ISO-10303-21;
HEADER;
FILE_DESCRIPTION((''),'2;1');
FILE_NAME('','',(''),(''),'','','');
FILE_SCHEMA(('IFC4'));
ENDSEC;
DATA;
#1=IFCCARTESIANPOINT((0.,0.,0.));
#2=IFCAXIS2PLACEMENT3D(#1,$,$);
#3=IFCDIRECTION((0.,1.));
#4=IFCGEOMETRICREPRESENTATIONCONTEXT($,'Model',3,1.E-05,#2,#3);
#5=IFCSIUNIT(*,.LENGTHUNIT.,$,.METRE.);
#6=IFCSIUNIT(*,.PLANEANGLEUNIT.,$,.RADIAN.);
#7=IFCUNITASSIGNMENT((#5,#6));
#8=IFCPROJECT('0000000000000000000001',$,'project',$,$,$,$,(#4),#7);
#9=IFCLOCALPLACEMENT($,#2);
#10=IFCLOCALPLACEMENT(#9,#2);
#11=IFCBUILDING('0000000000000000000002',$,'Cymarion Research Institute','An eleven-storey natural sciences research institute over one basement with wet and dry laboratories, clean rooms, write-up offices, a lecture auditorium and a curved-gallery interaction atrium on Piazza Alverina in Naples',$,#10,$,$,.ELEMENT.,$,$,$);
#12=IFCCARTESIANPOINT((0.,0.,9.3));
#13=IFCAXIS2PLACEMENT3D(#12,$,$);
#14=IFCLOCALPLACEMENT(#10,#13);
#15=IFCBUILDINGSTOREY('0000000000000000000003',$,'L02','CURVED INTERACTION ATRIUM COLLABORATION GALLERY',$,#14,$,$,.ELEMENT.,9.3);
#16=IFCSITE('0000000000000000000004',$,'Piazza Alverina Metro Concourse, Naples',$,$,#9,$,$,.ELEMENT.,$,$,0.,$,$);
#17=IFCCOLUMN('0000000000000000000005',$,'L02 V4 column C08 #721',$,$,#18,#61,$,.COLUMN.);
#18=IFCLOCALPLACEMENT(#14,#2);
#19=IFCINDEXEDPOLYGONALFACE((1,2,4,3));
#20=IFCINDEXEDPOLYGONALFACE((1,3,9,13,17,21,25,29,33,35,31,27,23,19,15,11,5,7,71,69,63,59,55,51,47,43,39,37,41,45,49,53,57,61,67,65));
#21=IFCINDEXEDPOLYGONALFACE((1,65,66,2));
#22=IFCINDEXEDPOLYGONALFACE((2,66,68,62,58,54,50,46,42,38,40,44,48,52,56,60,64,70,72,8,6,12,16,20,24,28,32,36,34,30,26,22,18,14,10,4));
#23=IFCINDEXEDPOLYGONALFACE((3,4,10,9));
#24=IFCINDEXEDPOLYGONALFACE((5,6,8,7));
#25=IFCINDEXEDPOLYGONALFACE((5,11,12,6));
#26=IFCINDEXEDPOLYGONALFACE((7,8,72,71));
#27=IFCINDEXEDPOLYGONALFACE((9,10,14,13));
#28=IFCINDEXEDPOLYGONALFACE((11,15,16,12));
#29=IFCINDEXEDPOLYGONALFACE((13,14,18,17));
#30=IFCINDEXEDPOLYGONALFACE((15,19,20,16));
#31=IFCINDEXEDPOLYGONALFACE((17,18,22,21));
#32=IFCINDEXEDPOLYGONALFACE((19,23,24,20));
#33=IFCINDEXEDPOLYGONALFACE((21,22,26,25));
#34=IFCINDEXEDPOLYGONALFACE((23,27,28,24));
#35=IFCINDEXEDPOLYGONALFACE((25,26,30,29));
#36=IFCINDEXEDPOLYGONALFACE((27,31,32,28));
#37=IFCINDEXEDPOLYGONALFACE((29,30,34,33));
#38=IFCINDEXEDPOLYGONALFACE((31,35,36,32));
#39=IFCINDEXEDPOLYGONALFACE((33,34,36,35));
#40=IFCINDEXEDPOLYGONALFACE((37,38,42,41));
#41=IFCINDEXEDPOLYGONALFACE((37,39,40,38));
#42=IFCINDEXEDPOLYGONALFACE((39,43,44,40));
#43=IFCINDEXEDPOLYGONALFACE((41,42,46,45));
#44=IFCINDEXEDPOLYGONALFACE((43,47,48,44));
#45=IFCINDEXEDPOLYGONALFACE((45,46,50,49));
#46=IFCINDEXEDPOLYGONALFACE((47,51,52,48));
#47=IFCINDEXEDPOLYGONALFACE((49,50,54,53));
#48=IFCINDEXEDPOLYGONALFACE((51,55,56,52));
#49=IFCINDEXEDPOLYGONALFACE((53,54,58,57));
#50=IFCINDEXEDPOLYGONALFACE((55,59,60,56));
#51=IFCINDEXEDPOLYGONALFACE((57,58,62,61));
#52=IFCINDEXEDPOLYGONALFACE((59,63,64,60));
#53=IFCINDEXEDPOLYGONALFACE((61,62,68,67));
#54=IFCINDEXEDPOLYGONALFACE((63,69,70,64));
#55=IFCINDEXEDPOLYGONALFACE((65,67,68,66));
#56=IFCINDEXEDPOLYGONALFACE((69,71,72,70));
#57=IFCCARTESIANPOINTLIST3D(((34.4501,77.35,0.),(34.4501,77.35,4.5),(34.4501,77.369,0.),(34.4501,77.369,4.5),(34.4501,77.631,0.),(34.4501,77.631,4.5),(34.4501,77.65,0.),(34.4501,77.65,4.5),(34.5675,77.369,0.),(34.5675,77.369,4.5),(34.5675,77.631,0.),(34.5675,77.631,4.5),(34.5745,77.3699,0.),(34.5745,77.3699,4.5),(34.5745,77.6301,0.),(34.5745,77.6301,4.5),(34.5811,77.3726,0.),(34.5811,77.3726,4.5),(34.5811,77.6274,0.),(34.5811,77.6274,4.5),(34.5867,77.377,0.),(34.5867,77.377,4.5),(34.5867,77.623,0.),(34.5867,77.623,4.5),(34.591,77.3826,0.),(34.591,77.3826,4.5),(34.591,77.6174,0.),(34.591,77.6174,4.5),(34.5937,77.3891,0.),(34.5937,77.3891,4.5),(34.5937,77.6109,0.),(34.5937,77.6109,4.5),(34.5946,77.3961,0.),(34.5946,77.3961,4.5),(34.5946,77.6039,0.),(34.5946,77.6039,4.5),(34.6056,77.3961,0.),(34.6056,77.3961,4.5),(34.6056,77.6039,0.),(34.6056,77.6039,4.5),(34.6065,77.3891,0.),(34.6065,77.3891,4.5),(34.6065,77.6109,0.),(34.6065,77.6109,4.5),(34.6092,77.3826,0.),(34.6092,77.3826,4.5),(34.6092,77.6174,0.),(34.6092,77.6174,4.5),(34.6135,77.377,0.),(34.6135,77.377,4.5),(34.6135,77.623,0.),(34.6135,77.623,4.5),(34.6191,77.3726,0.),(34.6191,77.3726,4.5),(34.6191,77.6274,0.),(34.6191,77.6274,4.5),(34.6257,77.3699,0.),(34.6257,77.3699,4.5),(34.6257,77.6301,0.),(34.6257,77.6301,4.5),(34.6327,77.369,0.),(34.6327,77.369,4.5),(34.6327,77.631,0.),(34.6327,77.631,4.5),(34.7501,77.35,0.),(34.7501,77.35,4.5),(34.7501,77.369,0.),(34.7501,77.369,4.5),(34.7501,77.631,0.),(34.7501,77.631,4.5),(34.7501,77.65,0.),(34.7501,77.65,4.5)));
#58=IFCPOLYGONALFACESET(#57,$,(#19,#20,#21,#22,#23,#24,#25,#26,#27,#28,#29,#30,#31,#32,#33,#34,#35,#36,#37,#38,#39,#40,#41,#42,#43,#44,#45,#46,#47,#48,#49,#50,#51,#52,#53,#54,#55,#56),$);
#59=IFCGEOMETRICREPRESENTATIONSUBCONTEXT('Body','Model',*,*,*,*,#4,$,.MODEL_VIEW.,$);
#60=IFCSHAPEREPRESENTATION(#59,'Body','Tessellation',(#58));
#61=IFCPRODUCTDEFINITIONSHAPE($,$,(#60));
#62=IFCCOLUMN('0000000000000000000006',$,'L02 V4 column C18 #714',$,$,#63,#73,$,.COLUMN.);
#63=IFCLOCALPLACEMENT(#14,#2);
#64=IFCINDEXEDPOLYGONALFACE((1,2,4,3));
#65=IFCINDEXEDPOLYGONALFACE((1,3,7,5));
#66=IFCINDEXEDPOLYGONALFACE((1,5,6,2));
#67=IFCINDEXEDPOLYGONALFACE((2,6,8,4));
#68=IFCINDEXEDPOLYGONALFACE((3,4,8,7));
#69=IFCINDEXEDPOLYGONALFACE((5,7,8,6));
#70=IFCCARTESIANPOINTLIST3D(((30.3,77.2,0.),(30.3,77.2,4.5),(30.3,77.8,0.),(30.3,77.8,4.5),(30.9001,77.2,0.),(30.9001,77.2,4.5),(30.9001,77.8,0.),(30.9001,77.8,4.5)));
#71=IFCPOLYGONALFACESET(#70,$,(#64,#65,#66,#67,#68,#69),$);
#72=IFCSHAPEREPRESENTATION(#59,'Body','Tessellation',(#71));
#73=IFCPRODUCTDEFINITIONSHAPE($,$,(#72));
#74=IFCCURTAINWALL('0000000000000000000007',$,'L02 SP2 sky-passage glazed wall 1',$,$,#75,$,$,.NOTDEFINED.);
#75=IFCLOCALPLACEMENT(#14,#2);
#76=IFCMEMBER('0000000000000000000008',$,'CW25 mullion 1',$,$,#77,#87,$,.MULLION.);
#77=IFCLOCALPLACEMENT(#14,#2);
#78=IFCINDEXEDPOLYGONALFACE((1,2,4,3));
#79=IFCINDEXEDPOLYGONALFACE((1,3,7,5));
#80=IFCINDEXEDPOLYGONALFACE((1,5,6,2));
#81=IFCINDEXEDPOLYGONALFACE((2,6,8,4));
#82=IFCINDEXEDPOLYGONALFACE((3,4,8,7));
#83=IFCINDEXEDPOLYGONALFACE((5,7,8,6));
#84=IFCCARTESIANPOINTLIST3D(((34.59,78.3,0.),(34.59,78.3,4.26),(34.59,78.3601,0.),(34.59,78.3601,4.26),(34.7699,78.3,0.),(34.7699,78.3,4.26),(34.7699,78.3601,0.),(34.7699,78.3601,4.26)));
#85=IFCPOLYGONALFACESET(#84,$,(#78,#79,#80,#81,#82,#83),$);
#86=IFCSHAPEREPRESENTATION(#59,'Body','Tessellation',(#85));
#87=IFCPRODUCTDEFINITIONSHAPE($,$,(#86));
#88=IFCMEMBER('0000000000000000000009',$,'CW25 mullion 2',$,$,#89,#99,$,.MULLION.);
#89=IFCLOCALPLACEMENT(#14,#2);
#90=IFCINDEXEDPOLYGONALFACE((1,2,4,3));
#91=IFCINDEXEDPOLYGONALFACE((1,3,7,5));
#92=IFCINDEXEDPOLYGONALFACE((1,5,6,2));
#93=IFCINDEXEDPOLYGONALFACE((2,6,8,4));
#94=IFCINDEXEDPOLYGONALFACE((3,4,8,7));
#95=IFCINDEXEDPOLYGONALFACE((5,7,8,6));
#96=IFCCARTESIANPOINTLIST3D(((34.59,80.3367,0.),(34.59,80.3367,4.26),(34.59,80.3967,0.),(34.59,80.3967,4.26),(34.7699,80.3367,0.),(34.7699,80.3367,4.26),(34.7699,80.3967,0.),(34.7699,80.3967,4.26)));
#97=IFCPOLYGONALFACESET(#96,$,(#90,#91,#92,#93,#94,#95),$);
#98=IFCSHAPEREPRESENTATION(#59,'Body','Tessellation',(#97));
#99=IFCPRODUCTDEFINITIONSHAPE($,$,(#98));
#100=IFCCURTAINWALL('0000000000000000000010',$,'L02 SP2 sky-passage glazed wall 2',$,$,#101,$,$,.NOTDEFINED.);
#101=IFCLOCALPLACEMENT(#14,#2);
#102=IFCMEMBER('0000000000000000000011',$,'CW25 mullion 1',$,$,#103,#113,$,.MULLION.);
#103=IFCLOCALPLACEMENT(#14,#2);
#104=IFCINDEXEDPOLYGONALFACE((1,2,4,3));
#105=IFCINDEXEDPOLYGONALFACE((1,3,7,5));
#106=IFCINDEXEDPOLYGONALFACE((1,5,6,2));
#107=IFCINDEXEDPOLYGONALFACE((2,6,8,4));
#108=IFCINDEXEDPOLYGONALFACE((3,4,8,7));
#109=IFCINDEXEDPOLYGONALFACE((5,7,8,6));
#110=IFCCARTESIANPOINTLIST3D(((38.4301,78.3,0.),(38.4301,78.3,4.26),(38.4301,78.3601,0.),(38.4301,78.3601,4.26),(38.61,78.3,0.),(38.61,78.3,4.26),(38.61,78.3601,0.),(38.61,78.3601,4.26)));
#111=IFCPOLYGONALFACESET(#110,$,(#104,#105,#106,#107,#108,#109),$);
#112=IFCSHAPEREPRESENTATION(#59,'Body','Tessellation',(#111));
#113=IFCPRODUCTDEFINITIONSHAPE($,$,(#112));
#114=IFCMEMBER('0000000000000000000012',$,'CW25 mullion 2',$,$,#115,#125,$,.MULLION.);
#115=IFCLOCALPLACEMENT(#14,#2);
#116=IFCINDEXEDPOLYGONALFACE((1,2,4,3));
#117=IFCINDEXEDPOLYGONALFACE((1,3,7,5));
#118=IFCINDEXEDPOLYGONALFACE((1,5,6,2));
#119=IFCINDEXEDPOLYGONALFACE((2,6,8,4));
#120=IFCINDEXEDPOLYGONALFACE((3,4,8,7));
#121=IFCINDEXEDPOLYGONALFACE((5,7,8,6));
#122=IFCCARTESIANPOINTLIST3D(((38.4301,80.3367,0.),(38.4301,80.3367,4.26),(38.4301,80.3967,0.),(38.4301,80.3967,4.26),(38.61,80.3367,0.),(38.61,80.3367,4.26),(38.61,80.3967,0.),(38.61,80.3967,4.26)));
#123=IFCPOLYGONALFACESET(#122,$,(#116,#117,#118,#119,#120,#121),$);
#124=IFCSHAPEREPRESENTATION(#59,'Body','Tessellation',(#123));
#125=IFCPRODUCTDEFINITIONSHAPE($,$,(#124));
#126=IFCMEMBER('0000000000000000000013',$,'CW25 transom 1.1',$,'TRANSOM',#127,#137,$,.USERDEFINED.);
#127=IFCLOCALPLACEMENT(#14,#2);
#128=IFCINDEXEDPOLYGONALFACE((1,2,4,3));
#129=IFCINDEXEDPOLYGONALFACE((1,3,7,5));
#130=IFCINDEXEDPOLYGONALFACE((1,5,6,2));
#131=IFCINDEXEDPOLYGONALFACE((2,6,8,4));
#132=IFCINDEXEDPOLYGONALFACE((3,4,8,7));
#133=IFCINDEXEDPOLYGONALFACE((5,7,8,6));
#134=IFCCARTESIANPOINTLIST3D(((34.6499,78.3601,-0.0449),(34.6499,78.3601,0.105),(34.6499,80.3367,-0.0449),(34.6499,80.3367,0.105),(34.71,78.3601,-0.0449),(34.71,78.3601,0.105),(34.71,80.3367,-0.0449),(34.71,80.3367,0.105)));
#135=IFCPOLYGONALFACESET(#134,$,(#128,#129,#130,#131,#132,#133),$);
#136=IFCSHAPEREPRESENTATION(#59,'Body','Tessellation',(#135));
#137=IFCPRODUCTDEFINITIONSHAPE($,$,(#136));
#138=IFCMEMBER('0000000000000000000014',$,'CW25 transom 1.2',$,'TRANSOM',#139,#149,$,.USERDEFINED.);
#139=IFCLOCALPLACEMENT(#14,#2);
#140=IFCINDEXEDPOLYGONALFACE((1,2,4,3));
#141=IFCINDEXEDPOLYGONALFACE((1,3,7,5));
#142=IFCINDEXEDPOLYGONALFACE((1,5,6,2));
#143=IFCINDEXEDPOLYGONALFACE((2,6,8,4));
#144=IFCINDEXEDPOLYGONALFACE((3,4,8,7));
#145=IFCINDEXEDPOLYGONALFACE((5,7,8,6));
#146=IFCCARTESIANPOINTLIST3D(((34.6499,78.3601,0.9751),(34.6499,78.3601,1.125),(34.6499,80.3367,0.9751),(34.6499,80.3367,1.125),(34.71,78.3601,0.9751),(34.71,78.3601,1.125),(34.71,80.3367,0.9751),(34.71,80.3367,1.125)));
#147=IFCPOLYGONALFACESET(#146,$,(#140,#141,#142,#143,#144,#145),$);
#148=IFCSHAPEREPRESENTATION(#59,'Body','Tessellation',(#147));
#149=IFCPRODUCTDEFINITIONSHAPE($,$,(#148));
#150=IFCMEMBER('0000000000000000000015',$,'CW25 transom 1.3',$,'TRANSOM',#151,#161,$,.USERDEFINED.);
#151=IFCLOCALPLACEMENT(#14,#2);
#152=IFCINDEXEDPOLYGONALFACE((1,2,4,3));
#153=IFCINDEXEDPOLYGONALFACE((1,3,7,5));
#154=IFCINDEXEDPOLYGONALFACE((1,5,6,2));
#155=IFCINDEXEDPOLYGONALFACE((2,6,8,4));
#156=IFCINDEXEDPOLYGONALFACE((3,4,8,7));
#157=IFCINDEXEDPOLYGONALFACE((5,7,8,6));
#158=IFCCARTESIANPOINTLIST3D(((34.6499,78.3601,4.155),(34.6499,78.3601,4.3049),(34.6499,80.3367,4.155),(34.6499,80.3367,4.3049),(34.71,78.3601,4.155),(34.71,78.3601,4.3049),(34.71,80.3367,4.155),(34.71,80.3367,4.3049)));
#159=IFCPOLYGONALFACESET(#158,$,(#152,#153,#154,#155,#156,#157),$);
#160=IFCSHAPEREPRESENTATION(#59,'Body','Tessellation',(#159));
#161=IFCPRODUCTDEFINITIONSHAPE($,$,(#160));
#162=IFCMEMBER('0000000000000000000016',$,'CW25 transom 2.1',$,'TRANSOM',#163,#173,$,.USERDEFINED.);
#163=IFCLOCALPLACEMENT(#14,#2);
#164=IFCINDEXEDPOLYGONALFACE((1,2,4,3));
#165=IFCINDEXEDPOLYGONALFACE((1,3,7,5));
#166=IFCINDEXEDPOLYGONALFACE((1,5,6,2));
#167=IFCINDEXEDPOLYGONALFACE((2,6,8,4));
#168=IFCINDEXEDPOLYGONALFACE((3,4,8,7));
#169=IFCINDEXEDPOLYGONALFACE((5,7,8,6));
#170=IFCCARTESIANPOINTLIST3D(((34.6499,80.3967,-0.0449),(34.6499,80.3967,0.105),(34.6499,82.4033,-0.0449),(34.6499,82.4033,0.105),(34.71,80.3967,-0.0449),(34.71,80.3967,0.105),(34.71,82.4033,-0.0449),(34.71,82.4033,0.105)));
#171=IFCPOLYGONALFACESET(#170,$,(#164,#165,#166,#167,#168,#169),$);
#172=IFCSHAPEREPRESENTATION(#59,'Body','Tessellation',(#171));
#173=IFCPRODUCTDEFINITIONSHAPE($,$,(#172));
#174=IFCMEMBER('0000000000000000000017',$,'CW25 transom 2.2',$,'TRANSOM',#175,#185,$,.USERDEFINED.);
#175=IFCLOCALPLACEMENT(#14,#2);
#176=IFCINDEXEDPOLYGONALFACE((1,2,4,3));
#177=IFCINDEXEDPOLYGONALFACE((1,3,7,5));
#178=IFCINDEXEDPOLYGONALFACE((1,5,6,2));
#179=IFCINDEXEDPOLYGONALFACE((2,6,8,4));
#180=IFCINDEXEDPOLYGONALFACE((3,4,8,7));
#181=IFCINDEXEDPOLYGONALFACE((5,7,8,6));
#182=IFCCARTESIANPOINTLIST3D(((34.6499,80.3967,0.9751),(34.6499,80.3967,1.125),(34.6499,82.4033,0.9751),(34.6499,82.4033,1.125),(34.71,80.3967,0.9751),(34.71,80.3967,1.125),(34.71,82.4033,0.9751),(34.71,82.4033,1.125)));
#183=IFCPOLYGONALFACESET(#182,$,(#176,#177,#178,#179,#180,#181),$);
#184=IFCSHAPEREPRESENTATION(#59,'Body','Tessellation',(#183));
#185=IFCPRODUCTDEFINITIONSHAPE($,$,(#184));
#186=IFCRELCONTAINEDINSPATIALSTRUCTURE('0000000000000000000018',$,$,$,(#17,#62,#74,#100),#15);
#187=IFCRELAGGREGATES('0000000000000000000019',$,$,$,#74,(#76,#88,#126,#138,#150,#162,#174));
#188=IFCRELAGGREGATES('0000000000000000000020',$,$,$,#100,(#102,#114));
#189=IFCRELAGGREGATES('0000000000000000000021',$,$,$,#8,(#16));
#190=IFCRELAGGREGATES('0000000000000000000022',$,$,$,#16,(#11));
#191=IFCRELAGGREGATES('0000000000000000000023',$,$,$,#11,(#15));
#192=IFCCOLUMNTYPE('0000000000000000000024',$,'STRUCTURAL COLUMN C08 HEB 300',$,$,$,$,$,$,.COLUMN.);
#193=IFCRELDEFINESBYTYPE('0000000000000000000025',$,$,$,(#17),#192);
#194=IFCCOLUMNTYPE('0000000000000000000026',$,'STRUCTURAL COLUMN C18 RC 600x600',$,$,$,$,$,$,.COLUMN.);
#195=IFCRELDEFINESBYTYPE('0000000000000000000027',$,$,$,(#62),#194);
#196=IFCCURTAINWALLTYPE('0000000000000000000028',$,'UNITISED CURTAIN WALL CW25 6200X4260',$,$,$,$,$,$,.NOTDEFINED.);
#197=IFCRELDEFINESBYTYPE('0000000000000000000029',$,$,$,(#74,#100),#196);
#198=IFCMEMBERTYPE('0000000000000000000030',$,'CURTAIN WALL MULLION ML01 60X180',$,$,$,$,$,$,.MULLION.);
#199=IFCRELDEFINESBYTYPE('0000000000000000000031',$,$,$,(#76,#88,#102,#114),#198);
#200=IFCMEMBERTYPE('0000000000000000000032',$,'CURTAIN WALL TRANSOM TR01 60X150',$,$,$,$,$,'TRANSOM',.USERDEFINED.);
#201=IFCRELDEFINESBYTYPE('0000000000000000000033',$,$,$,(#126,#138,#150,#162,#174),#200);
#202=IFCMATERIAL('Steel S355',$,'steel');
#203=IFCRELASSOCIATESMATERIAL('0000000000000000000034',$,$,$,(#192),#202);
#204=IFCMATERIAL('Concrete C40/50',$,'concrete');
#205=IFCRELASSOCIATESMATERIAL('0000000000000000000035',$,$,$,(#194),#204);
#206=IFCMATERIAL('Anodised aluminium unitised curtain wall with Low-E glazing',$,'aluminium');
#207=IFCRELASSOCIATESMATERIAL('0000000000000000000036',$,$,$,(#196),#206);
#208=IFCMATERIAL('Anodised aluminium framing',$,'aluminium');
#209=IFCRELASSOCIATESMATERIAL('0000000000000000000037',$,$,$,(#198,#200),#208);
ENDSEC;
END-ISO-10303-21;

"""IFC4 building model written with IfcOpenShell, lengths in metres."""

from ifc_helpers import new_model, si_unit, direction, frame, origin, origin_2d, place, context, subcontext, project, spatial, rectangle, i_section, extrude, material, material_profile, profile_set, type_object, element, aggregate, save


model = new_model("IFC4")

# Units and contexts
model_context = context("Model", 3, precision=1e-05, world=origin(), true_north=direction((0.0, 1.0)))
body_context = subcontext(model_context, "Body", "Model", "MODEL_VIEW")
ifc_project = project(units=[si_unit("LENGTHUNIT", "METRE"), si_unit("PLANEANGLEUNIT", "RADIAN")], contexts=[model_context])

# Site, building, storey
site_placement = place(None, origin())
site = spatial("IfcSite", under=ifc_project, at=site_placement, Name="Piazza Alverina Metro Concourse, Naples", CompositionType="ELEMENT", RefElevation=0.0)
building_placement = place(site_placement, origin())
building = spatial("IfcBuilding", under=site, at=building_placement, Name="Cymarion Research Institute", Description="An eleven-storey natural sciences research institute over one basement with wet and dry laboratories, clean rooms, write-up offices, a lecture auditorium and a curved-gallery interaction atrium on Piazza Alverina in Naples", CompositionType="ELEMENT")
storey_placement = place(building_placement, frame((0.0, 0.0, 9.3)))
storey = spatial("IfcBuildingStorey", under=building, at=storey_placement, Name="L02", Description="CURVED INTERACTION ATRIUM COLLABORATION GALLERY", CompositionType="ELEMENT", Elevation=9.3)

# Columns
ifc_material_1 = material(Name="Steel S355", Category="steel")
ifc_material_profile_1 = material_profile(ifc_material_1, i_section(OverallWidth=0.3, OverallDepth=0.3, WebThickness=0.011, FlangeThickness=0.019, FilletRadius=0.0271, at=origin_2d()), Name="HEB 300")
ifc_profile_set_1 = profile_set([ifc_material_profile_1], Name="Steel S355")
column_type_1 = type_object("IfcColumnType", Name="STRUCTURAL COLUMN C08 HEB 300", PredefinedType="COLUMN", material=ifc_profile_set_1)
column_1_placement = place(storey_placement, frame((34.6001, 77.5, 0.0), z_axis=(0.0, 0.0, 1.0), x_axis=(1.0, 0.0, 0.0)))
element("IfcColumn", 1, at=column_1_placement, inside=storey, type_object=column_type_1, Name="L02 V4 column C08 #721", PredefinedType="COLUMN", context=body_context, shape_type="SweptSolid", body=[
    extrude(i_section(OverallWidth=0.3, OverallDepth=0.3, WebThickness=0.011, FlangeThickness=0.019, FilletRadius=0.0271, at=origin_2d()), origin(), (0.0, 0.0, 1.0), 4.5),
])
ifc_material_2 = material(Name="Concrete C40/50", Category="concrete")
ifc_material_profile_2 = material_profile(ifc_material_2, rectangle(XDim=0.6001, YDim=0.6001, at=origin_2d()), Name="RC 600x600")
ifc_profile_set_2 = profile_set([ifc_material_profile_2], Name="Concrete C40/50")
column_type_2 = type_object("IfcColumnType", Name="STRUCTURAL COLUMN C18 RC 600x600", PredefinedType="COLUMN", material=ifc_profile_set_2)
column_2_placement = place(storey_placement, frame((30.6001, 77.5, 0.0), z_axis=(0.0, 0.0, 1.0), x_axis=(1.0, 0.0, 0.0)))
element("IfcColumn", 2, at=column_2_placement, inside=storey, type_object=column_type_2, Name="L02 V4 column C18 #714", PredefinedType="COLUMN", context=body_context, shape_type="SweptSolid", body=[
    extrude(rectangle(XDim=0.6001, YDim=0.6001, at=origin_2d()), origin(), (0.0, 0.0, 1.0), 4.5),
])

# Curtain walls, members
ifc_material_3 = material(Name="Anodised aluminium unitised curtain wall with Low-E glazing", Category="aluminium")
curtain_wall_type = type_object("IfcCurtainWallType", Name="UNITISED CURTAIN WALL CW25 6200X4260", PredefinedType="NOTDEFINED", material=ifc_material_3)
curtain_wall_1_placement = place(storey_placement, origin())
curtain_wall_1 = element("IfcCurtainWall", 3, at=curtain_wall_1_placement, inside=storey, type_object=curtain_wall_type, Name="L02 SP2 sky-passage glazed wall 1", PredefinedType="NOTDEFINED")
ifc_material_4 = material(Name="Anodised aluminium framing", Category="aluminium")
ifc_material_profile_3 = material_profile(ifc_material_4, rectangle(XDim=0.0601, YDim=0.1799, at=origin_2d()), Name="ALU MULLION 60x180")
ifc_profile_set_3 = profile_set([ifc_material_profile_3], Name="Anodised aluminium framing")
member_type_1 = type_object("IfcMemberType", Name="CURTAIN WALL MULLION ML01 60X180", PredefinedType="MULLION", material=ifc_profile_set_3)
member_1_placement = place(storey_placement, frame((34.6799, 78.3301, 0.0), z_axis=(0.0, 0.0, 1.0), x_axis=(0.0, 1.0, 0.0)))
member_1 = element("IfcMember", 4, at=member_1_placement, type_object=member_type_1, Name="CW25 mullion 1", PredefinedType="MULLION", context=body_context, shape_type="SweptSolid", body=[
    extrude(rectangle(XDim=0.0601, YDim=0.1799, at=origin_2d()), origin(), (0.0, 0.0, 1.0), 4.26),
])
member_2_placement = place(storey_placement, frame((34.6799, 80.3667, 0.0), z_axis=(0.0, 0.0, 1.0), x_axis=(0.0, 1.0, 0.0)))
member_2 = element("IfcMember", 5, at=member_2_placement, type_object=member_type_1, Name="CW25 mullion 2", PredefinedType="MULLION", context=body_context, shape_type="SweptSolid", body=[
    extrude(rectangle(XDim=0.0601, YDim=0.1799, at=origin_2d()), origin(), (0.0, 0.0, 1.0), 4.26),
])
curtain_wall_2_placement = place(storey_placement, origin())
curtain_wall_2 = element("IfcCurtainWall", 6, at=curtain_wall_2_placement, inside=storey, type_object=curtain_wall_type, Name="L02 SP2 sky-passage glazed wall 2", PredefinedType="NOTDEFINED")
member_3_placement = place(storey_placement, frame((38.52, 78.3301, 0.0), z_axis=(0.0, 0.0, 1.0), x_axis=(0.0, 1.0, 0.0)))
member_3 = element("IfcMember", 7, at=member_3_placement, type_object=member_type_1, Name="CW25 mullion 1", PredefinedType="MULLION", context=body_context, shape_type="SweptSolid", body=[
    extrude(rectangle(XDim=0.0601, YDim=0.1799, at=origin_2d()), origin(), (0.0, 0.0, 1.0), 4.26),
])
member_4_placement = place(storey_placement, frame((38.52, 80.3667, 0.0), z_axis=(0.0, 0.0, 1.0), x_axis=(0.0, 1.0, 0.0)))
member_4 = element("IfcMember", 8, at=member_4_placement, type_object=member_type_1, Name="CW25 mullion 2", PredefinedType="MULLION", context=body_context, shape_type="SweptSolid", body=[
    extrude(rectangle(XDim=0.0601, YDim=0.1799, at=origin_2d()), origin(), (0.0, 0.0, 1.0), 4.26),
])

# Members
ifc_material_profile_4 = material_profile(ifc_material_4, rectangle(XDim=0.0601, YDim=0.1499, at=origin_2d()), Name="ALU TRANSOM 60x150")
ifc_profile_set_4 = profile_set([ifc_material_profile_4], Name="Anodised aluminium framing")
member_type_2 = type_object("IfcMemberType", Name="CURTAIN WALL TRANSOM TR01 60X150", ElementType="TRANSOM", PredefinedType="USERDEFINED", material=ifc_profile_set_4)
member_5_placement = place(storey_placement, frame((34.6799, 78.3601, 0.03), z_axis=(0.0, 1.0, 0.0), x_axis=(-1.0, 0.0, 0.0)))
member_5 = element("IfcMember", 9, at=member_5_placement, type_object=member_type_2, Name="CW25 transom 1.1", ObjectType="TRANSOM", PredefinedType="USERDEFINED", context=body_context, shape_type="SweptSolid", body=[
    extrude(rectangle(XDim=0.0601, YDim=0.1499, at=origin_2d()), origin(), (0.0, 0.0, 1.0), 1.9766),
])
member_6_placement = place(storey_placement, frame((34.6799, 78.3601, 1.05), z_axis=(0.0, 1.0, 0.0), x_axis=(-1.0, 0.0, 0.0)))
member_6 = element("IfcMember", 10, at=member_6_placement, type_object=member_type_2, Name="CW25 transom 1.2", ObjectType="TRANSOM", PredefinedType="USERDEFINED", context=body_context, shape_type="SweptSolid", body=[
    extrude(rectangle(XDim=0.0601, YDim=0.1499, at=origin_2d()), origin(), (0.0, 0.0, 1.0), 1.9766),
])
member_7_placement = place(storey_placement, frame((34.6799, 78.3601, 4.23), z_axis=(0.0, 1.0, 0.0), x_axis=(-1.0, 0.0, 0.0)))
member_7 = element("IfcMember", 11, at=member_7_placement, type_object=member_type_2, Name="CW25 transom 1.3", ObjectType="TRANSOM", PredefinedType="USERDEFINED", context=body_context, shape_type="SweptSolid", body=[
    extrude(rectangle(XDim=0.0601, YDim=0.1499, at=origin_2d()), origin(), (0.0, 0.0, 1.0), 1.9766),
])
member_8_placement = place(storey_placement, frame((34.6799, 80.3967, 0.03), z_axis=(0.0, 1.0, 0.0), x_axis=(-1.0, 0.0, 0.0)))
member_8 = element("IfcMember", 12, at=member_8_placement, type_object=member_type_2, Name="CW25 transom 2.1", ObjectType="TRANSOM", PredefinedType="USERDEFINED", context=body_context, shape_type="SweptSolid", body=[
    extrude(rectangle(XDim=0.0601, YDim=0.1499, at=origin_2d()), origin(), (0.0, 0.0, 1.0), 2.0066),
])
member_9_placement = place(storey_placement, frame((34.6799, 80.3967, 1.05), z_axis=(0.0, 1.0, 0.0), x_axis=(-1.0, 0.0, 0.0)))
member_9 = element("IfcMember", 13, at=member_9_placement, type_object=member_type_2, Name="CW25 transom 2.2", ObjectType="TRANSOM", PredefinedType="USERDEFINED", context=body_context, shape_type="SweptSolid", body=[
    extrude(rectangle(XDim=0.0601, YDim=0.1499, at=origin_2d()), origin(), (0.0, 0.0, 1.0), 2.0066),
])

aggregate(curtain_wall_1, [member_1, member_2, member_5, member_6, member_7, member_8, member_9])
aggregate(curtain_wall_2, [member_3, member_4])

save(model, "model.ifc")
